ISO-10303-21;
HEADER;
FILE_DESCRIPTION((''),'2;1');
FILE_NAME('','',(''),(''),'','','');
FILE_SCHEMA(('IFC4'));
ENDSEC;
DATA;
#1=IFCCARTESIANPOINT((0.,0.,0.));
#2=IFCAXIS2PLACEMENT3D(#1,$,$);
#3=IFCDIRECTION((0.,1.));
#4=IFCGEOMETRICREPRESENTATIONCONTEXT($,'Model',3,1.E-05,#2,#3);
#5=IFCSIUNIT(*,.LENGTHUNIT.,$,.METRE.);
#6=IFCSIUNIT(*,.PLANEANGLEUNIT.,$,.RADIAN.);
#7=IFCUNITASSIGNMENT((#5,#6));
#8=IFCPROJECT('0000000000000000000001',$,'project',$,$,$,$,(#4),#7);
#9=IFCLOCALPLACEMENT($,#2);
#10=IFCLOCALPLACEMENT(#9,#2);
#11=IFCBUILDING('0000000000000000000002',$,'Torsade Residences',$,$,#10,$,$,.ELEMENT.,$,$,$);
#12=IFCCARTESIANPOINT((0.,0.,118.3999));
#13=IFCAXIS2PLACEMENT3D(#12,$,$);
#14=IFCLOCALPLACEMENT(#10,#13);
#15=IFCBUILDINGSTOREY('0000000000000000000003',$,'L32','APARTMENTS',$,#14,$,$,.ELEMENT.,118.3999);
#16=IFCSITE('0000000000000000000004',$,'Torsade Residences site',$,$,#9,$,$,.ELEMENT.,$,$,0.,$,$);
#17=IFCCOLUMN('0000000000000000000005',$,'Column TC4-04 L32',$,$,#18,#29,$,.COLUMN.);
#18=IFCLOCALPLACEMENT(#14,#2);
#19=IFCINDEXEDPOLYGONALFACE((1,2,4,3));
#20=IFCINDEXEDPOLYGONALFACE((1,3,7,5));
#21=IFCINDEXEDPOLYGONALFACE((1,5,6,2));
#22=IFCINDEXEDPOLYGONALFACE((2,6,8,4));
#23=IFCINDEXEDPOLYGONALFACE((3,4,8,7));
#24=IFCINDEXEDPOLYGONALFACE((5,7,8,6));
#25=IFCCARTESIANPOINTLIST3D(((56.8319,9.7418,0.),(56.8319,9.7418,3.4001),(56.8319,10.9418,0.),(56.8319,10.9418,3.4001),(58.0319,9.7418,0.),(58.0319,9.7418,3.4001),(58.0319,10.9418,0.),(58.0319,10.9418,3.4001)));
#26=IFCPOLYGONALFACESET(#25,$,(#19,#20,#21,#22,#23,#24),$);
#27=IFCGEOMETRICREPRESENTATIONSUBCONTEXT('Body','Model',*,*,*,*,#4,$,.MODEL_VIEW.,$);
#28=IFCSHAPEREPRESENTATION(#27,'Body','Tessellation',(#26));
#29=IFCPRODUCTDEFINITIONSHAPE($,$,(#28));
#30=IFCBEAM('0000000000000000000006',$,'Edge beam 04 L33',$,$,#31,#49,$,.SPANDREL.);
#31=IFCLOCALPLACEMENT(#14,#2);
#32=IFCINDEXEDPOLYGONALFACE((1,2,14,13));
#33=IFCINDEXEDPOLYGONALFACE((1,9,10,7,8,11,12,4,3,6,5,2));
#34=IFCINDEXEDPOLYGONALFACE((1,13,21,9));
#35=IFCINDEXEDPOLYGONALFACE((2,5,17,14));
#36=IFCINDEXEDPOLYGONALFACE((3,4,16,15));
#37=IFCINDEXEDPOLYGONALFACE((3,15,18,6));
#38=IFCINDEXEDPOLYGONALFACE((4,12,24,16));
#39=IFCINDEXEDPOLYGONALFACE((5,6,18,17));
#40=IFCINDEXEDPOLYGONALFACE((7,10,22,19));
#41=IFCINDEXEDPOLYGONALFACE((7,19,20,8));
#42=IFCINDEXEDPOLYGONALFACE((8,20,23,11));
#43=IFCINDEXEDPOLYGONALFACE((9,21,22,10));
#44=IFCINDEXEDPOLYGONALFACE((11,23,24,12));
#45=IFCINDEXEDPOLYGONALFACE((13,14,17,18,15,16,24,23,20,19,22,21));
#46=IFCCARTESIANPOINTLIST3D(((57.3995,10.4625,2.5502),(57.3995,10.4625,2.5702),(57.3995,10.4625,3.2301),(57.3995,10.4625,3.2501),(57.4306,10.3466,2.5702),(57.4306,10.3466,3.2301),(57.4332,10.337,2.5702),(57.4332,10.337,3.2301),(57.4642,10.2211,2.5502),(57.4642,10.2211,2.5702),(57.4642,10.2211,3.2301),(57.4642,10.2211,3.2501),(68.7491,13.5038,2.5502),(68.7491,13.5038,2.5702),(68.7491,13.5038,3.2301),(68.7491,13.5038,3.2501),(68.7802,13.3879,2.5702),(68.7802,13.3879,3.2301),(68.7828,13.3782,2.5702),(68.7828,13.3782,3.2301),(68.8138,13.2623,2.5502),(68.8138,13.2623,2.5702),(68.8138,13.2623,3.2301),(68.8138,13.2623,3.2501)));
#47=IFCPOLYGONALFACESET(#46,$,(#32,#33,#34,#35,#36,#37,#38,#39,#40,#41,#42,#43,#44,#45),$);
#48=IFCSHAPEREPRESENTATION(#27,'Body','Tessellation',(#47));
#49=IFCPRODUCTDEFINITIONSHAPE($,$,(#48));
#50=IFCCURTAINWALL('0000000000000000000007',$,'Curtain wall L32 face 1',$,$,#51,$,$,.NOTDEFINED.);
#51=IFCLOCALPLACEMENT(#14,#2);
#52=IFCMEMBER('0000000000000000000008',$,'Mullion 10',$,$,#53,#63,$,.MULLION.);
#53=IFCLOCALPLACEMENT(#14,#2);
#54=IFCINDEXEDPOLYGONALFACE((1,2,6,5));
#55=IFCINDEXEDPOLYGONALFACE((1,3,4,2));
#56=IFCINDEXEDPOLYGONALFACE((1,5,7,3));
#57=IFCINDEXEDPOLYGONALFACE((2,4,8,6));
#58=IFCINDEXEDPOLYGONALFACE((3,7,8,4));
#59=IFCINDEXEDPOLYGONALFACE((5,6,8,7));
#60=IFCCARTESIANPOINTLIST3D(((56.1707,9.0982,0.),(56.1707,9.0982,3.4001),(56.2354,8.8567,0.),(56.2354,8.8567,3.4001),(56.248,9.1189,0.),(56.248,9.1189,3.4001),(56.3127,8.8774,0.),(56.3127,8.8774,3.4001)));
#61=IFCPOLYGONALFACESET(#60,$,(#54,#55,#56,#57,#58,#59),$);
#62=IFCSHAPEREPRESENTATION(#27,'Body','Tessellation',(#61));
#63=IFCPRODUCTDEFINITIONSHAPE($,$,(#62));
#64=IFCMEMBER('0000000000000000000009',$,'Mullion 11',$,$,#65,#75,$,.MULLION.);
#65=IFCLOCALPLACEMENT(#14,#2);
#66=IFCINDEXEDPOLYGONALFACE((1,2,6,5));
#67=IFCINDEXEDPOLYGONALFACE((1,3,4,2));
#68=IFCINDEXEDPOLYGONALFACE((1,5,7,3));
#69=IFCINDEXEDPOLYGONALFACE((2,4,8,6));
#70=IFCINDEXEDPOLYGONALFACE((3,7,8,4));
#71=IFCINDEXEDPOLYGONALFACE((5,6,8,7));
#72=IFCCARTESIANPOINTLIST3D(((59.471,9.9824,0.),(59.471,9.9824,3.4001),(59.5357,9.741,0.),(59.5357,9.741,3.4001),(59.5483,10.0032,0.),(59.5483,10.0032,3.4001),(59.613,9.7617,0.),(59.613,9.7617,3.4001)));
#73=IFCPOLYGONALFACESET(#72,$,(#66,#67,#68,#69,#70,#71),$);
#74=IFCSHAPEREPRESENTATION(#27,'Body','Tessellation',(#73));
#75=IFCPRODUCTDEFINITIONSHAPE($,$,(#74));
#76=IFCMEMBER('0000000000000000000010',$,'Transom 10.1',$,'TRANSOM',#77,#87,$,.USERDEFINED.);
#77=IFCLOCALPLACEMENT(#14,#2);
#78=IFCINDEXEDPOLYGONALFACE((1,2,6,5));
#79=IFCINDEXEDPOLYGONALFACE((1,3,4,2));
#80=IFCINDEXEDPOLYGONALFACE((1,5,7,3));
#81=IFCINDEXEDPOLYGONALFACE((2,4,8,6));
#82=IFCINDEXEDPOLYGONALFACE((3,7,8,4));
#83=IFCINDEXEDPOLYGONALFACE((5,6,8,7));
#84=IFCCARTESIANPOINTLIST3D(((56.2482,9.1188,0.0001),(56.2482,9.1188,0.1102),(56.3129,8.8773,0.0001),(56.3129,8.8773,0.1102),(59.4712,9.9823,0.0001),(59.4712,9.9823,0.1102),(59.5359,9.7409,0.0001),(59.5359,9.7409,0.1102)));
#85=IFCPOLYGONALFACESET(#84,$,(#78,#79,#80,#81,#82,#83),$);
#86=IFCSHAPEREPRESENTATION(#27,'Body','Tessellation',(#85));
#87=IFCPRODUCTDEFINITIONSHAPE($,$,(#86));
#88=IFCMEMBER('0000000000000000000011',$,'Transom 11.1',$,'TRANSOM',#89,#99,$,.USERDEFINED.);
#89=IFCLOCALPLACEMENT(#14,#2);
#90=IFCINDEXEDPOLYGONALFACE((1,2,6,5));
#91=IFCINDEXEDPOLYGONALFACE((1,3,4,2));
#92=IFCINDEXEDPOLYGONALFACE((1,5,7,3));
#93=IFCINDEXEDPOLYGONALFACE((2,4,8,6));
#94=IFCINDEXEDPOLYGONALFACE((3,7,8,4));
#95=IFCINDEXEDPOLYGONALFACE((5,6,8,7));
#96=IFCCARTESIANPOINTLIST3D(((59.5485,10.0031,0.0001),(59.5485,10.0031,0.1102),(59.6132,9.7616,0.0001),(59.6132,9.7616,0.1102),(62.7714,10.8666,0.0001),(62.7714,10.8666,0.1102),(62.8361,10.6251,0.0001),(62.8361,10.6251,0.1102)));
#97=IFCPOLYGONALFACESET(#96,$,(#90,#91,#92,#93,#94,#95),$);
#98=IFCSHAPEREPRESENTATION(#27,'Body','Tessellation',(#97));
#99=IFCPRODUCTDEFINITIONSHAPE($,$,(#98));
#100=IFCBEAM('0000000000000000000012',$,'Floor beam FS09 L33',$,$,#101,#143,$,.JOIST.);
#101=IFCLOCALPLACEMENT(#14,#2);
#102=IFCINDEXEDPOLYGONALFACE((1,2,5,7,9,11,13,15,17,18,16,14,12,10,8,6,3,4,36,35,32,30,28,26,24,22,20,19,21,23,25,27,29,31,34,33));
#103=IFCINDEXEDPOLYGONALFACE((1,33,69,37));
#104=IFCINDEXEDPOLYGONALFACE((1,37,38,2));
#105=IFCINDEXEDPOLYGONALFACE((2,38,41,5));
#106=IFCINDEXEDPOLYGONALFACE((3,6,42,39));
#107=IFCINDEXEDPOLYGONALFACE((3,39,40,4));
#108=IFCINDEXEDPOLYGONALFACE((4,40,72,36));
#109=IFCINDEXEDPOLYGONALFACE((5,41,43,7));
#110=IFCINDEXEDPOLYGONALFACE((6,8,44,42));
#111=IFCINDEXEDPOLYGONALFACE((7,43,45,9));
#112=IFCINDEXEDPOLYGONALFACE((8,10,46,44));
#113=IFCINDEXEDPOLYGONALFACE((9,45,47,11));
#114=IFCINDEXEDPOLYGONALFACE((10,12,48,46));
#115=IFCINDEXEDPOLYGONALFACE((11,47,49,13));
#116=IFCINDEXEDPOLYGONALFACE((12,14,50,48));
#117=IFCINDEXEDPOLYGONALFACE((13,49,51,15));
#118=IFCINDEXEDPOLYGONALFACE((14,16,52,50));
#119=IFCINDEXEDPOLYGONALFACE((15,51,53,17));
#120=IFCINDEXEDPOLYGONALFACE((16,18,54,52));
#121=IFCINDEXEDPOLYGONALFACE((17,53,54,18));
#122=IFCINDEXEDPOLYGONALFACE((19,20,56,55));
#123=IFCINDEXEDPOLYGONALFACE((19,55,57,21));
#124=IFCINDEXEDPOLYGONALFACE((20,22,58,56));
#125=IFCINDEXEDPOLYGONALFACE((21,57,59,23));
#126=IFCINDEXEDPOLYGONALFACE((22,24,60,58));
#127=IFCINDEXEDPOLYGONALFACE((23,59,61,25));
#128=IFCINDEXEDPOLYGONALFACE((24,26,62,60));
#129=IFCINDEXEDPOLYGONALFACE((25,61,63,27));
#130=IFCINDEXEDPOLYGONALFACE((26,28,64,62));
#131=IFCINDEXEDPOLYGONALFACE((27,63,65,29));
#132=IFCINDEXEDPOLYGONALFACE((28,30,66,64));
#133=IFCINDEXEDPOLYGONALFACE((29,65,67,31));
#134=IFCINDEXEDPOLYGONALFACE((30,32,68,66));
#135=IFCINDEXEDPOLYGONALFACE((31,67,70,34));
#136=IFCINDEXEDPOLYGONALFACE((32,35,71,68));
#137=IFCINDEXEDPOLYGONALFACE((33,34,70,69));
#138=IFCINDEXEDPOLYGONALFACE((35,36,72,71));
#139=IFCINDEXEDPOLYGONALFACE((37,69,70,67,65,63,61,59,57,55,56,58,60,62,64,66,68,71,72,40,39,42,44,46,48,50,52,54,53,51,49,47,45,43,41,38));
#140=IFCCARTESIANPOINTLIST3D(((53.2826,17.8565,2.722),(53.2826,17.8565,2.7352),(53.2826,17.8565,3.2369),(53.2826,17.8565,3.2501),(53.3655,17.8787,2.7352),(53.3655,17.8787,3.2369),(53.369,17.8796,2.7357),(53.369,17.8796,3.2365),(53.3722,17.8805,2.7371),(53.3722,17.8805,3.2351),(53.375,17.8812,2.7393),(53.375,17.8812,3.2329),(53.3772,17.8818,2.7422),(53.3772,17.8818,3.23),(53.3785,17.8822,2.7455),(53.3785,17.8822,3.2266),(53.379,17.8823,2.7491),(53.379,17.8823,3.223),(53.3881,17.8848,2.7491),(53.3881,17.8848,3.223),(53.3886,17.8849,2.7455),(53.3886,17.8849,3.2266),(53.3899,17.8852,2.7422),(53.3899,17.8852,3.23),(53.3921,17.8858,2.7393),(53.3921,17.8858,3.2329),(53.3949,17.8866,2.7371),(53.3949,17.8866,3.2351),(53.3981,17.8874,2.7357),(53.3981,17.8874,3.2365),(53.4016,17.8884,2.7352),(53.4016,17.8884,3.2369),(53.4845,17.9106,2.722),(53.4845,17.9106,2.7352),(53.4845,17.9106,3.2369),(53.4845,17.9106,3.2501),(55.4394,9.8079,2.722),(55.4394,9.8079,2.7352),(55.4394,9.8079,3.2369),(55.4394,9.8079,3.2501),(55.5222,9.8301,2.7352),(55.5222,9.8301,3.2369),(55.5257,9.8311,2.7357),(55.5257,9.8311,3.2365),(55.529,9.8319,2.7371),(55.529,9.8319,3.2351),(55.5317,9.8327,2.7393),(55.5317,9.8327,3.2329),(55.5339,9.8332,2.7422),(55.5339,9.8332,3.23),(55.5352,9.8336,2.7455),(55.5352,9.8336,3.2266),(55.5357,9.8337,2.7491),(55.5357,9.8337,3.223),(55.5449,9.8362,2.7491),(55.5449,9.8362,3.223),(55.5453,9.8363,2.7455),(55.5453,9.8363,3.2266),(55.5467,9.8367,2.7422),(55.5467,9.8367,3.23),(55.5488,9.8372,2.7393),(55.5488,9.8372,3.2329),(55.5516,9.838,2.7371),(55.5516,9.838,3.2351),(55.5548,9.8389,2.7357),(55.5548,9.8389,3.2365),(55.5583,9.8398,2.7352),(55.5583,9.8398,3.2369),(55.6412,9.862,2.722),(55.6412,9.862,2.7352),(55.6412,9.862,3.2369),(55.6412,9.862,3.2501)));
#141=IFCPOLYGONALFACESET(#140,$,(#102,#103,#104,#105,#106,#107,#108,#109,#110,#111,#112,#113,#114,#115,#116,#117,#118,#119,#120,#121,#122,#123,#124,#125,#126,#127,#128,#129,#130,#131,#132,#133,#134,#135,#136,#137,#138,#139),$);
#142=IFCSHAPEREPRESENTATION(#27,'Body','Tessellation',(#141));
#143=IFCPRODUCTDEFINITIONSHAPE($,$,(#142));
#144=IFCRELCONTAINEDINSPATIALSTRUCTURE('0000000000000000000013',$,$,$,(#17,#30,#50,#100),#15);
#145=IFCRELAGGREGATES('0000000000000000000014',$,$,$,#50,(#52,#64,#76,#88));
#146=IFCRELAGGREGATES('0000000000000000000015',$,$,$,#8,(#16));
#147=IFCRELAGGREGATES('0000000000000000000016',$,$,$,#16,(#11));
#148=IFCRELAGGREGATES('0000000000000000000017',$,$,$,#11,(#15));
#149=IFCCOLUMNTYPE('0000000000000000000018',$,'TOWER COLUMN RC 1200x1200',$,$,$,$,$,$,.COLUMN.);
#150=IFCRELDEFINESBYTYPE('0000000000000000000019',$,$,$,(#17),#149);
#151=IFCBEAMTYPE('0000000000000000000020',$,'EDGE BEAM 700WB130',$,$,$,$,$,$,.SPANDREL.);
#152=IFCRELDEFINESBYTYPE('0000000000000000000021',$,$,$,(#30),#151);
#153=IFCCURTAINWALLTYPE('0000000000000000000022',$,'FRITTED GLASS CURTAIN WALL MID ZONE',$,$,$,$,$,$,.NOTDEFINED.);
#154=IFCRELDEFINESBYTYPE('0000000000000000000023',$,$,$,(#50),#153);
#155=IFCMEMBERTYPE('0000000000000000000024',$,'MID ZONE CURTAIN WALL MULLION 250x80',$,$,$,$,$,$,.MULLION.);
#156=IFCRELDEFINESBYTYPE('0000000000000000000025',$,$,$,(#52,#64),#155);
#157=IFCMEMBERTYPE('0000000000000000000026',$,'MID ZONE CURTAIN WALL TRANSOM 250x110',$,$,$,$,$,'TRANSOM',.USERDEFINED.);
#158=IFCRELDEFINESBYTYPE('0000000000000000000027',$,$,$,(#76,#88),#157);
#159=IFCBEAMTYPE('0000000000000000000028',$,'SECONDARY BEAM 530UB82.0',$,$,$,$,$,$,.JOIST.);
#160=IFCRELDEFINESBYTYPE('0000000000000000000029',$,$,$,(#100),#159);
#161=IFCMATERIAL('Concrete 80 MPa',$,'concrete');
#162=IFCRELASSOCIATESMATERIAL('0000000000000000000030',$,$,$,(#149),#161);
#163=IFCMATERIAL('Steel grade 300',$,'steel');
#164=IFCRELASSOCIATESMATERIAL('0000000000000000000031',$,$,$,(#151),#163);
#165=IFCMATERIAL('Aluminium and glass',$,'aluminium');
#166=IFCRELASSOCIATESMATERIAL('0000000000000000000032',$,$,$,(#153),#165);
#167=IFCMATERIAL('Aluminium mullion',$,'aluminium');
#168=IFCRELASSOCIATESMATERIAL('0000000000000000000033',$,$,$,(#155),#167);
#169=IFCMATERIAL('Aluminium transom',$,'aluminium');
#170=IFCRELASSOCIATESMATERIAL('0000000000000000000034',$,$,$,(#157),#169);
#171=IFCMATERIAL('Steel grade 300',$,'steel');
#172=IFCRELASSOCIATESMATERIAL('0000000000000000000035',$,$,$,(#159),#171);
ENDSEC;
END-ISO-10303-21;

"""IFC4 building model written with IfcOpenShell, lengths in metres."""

from ifc_helpers import new_model, si_unit, direction, frame, origin, origin_2d, place, context, subcontext, project, spatial, rectangle, i_section, extrude, material, material_profile, profile_set, type_object, element, aggregate, save


model = new_model("IFC4")

# Units and contexts
model_context = context("Model", 3, precision=1e-05, world=origin(), true_north=direction((0.0, 1.0)))
body_context = subcontext(model_context, "Body", "Model", "MODEL_VIEW")
ifc_project = project(units=[si_unit("LENGTHUNIT", "METRE"), si_unit("PLANEANGLEUNIT", "RADIAN")], contexts=[model_context])

# Site, building, storey
site_placement = place(None, origin())
site = spatial("IfcSite", under=ifc_project, at=site_placement, Name="Torsade Residences site", CompositionType="ELEMENT", RefElevation=0.0)
building_placement = place(site_placement, origin())
building = spatial("IfcBuilding", under=site, at=building_placement, Name="Torsade Residences", CompositionType="ELEMENT")
storey_placement = place(building_placement, frame((0.0, 0.0, 118.3999)))
storey = spatial("IfcBuildingStorey", under=building, at=storey_placement, Name="L32", Description="APARTMENTS", CompositionType="ELEMENT", Elevation=118.3999)

# Column
ifc_material_1 = material(Name="Concrete 80 MPa", Category="concrete")
ifc_material_profile_1 = material_profile(ifc_material_1, rectangle(XDim=1.2, YDim=1.2, at=origin_2d()), Name="RC 1200x1200")
ifc_profile_set_1 = profile_set([ifc_material_profile_1], Name="Concrete 80 MPa")
column_type = type_object("IfcColumnType", Name="TOWER COLUMN RC 1200x1200", PredefinedType="COLUMN", material=ifc_profile_set_1)
column_placement = place(storey_placement, frame((57.4319, 10.3418, 0.0), z_axis=(0.0, 0.0, 1.0), x_axis=(1.0, 0.0, 0.0)))
element("IfcColumn", 1, at=column_placement, inside=storey, type_object=column_type, Name="Column TC4-04 L32", PredefinedType="COLUMN", context=body_context, shape_type="SweptSolid", body=[
    extrude(rectangle(XDim=1.2, YDim=1.2, at=origin_2d()), origin(), (0.0, 0.0, 1.0), 3.4001),
])

# Beam
ifc_material_2 = material(Name="Steel grade 300", Category="steel")
ifc_material_profile_2 = material_profile(ifc_material_2, i_section(OverallWidth=0.25, OverallDepth=0.7, WebThickness=0.01, FlangeThickness=0.02, at=origin_2d()), Name="700WB130")
ifc_profile_set_2 = profile_set([ifc_material_profile_2], Name="Steel grade 300")
beam_type_1 = type_object("IfcBeamType", Name="EDGE BEAM 700WB130", PredefinedType="SPANDREL", material=ifc_profile_set_2)
beam_1_placement = place(storey_placement, frame((57.4319, 10.3418, 2.9001), z_axis=(0.965923, 0.25883, 0.0), x_axis=(-0.25883, 0.965923, 0.0)))
element("IfcBeam", 2, at=beam_1_placement, inside=storey, type_object=beam_type_1, Name="Edge beam 04 L33", PredefinedType="SPANDREL", context=body_context, shape_type="SweptSolid", body=[
    extrude(i_section(OverallWidth=0.25, OverallDepth=0.7, WebThickness=0.01, FlangeThickness=0.02, at=origin_2d()), origin(), (0.0, 0.0, 1.0), 11.75),
])

# Curtain wall, members
ifc_material_3 = material(Name="Aluminium and glass", Category="aluminium")
curtain_wall_type = type_object("IfcCurtainWallType", Name="FRITTED GLASS CURTAIN WALL MID ZONE", PredefinedType="NOTDEFINED", material=ifc_material_3)
curtain_wall_placement = place(storey_placement, origin())
curtain_wall = element("IfcCurtainWall", 3, at=curtain_wall_placement, inside=storey, type_object=curtain_wall_type, Name="Curtain wall L32 face 1", PredefinedType="NOTDEFINED")
ifc_material_4 = material(Name="Aluminium mullion", Category="aluminium")
ifc_material_profile_3 = material_profile(ifc_material_4, rectangle(XDim=0.25, YDim=0.0801, at=origin_2d()), Name="MID ZONE CURTAIN WALL MULLION 250x80")
ifc_profile_set_3 = profile_set([ifc_material_profile_3], Name="Aluminium mullion")
member_type_1 = type_object("IfcMemberType", Name="MID ZONE CURTAIN WALL MULLION 250x80", PredefinedType="MULLION", material=ifc_profile_set_3)
member_1_placement = place(storey_placement, frame((56.2417, 8.9878, 0.0), z_axis=(0.0, 0.0, 1.0), x_axis=(-0.258819, 0.965926, 0.0)))
member_1 = element("IfcMember", 4, at=member_1_placement, type_object=member_type_1, Name="Mullion 10", PredefinedType="MULLION", context=body_context, shape_type="SweptSolid", body=[
    extrude(rectangle(XDim=0.25, YDim=0.0801, at=origin_2d()), origin(), (0.0, 0.0, 1.0), 3.4001),
])
member_2_placement = place(storey_placement, frame((59.542, 9.8721, 0.0), z_axis=(0.0, 0.0, 1.0), x_axis=(-0.258819, 0.965926, 0.0)))
member_2 = element("IfcMember", 5, at=member_2_placement, type_object=member_type_1, Name="Mullion 11", PredefinedType="MULLION", context=body_context, shape_type="SweptSolid", body=[
    extrude(rectangle(XDim=0.25, YDim=0.0801, at=origin_2d()), origin(), (0.0, 0.0, 1.0), 3.4001),
])
ifc_material_5 = material(Name="Aluminium transom", Category="aluminium")
ifc_material_profile_4 = material_profile(ifc_material_5, rectangle(XDim=0.25, YDim=0.1101, at=origin_2d()), Name="MID ZONE CURTAIN WALL TRANSOM 250x110")
ifc_profile_set_4 = profile_set([ifc_material_profile_4], Name="Aluminium transom")
member_type_2 = type_object("IfcMemberType", Name="MID ZONE CURTAIN WALL TRANSOM 250x110", ElementType="TRANSOM", PredefinedType="USERDEFINED", material=ifc_profile_set_4)
member_3_placement = place(storey_placement, frame((56.2805, 8.998, 0.0552), z_axis=(0.965929, 0.258806, 0.0), x_axis=(-0.258806, 0.965929, 0.0)))
member_3 = element("IfcMember", 6, at=member_3_placement, type_object=member_type_2, Name="Transom 10.1", ObjectType="TRANSOM", PredefinedType="USERDEFINED", context=body_context, shape_type="SweptSolid", body=[
    extrude(rectangle(XDim=0.25, YDim=0.1101, at=origin_2d()), origin(), (0.0, 0.0, 1.0), 3.3367),
])
member_4_placement = place(storey_placement, frame((59.5808, 9.8823, 0.0552), z_axis=(0.965929, 0.258806, 0.0), x_axis=(-0.258806, 0.965929, 0.0)))
member_4 = element("IfcMember", 7, at=member_4_placement, type_object=member_type_2, Name="Transom 11.1", ObjectType="TRANSOM", PredefinedType="USERDEFINED", context=body_context, shape_type="SweptSolid", body=[
    extrude(rectangle(XDim=0.25, YDim=0.1101, at=origin_2d()), origin(), (0.0, 0.0, 1.0), 3.3367),
])

# Beam
ifc_material_6 = material(Name="Steel grade 300", Category="steel")
ifc_material_profile_5 = material_profile(ifc_material_6, i_section(OverallWidth=0.209, OverallDepth=0.5281, WebThickness=0.0095, FlangeThickness=0.0132, FilletRadius=0.0139, at=origin_2d()), Name="530UB82.0")
ifc_profile_set_5 = profile_set([ifc_material_profile_5], Name="Steel grade 300")
beam_type_2 = type_object("IfcBeamType", Name="SECONDARY BEAM 530UB82.0", PredefinedType="JOIST", material=ifc_profile_set_5)
beam_2_placement = place(storey_placement, frame((55.5403, 9.835, 2.9861), z_axis=(-0.258833, 0.965922, 0.0), x_axis=(-0.965922, -0.258833, 0.0)))
element("IfcBeam", 8, at=beam_2_placement, inside=storey, type_object=beam_type_2, Name="Floor beam FS09 L33", PredefinedType="JOIST", context=body_context, shape_type="SweptSolid", body=[
    extrude(i_section(OverallWidth=0.209, OverallDepth=0.5281, WebThickness=0.0095, FlangeThickness=0.0132, FilletRadius=0.0139, at=origin_2d()), origin(), (0.0, 0.0, 1.0), 8.3325),
])

aggregate(curtain_wall, [member_1, member_2, member_3, member_4])

save(model, "model.ifc")
